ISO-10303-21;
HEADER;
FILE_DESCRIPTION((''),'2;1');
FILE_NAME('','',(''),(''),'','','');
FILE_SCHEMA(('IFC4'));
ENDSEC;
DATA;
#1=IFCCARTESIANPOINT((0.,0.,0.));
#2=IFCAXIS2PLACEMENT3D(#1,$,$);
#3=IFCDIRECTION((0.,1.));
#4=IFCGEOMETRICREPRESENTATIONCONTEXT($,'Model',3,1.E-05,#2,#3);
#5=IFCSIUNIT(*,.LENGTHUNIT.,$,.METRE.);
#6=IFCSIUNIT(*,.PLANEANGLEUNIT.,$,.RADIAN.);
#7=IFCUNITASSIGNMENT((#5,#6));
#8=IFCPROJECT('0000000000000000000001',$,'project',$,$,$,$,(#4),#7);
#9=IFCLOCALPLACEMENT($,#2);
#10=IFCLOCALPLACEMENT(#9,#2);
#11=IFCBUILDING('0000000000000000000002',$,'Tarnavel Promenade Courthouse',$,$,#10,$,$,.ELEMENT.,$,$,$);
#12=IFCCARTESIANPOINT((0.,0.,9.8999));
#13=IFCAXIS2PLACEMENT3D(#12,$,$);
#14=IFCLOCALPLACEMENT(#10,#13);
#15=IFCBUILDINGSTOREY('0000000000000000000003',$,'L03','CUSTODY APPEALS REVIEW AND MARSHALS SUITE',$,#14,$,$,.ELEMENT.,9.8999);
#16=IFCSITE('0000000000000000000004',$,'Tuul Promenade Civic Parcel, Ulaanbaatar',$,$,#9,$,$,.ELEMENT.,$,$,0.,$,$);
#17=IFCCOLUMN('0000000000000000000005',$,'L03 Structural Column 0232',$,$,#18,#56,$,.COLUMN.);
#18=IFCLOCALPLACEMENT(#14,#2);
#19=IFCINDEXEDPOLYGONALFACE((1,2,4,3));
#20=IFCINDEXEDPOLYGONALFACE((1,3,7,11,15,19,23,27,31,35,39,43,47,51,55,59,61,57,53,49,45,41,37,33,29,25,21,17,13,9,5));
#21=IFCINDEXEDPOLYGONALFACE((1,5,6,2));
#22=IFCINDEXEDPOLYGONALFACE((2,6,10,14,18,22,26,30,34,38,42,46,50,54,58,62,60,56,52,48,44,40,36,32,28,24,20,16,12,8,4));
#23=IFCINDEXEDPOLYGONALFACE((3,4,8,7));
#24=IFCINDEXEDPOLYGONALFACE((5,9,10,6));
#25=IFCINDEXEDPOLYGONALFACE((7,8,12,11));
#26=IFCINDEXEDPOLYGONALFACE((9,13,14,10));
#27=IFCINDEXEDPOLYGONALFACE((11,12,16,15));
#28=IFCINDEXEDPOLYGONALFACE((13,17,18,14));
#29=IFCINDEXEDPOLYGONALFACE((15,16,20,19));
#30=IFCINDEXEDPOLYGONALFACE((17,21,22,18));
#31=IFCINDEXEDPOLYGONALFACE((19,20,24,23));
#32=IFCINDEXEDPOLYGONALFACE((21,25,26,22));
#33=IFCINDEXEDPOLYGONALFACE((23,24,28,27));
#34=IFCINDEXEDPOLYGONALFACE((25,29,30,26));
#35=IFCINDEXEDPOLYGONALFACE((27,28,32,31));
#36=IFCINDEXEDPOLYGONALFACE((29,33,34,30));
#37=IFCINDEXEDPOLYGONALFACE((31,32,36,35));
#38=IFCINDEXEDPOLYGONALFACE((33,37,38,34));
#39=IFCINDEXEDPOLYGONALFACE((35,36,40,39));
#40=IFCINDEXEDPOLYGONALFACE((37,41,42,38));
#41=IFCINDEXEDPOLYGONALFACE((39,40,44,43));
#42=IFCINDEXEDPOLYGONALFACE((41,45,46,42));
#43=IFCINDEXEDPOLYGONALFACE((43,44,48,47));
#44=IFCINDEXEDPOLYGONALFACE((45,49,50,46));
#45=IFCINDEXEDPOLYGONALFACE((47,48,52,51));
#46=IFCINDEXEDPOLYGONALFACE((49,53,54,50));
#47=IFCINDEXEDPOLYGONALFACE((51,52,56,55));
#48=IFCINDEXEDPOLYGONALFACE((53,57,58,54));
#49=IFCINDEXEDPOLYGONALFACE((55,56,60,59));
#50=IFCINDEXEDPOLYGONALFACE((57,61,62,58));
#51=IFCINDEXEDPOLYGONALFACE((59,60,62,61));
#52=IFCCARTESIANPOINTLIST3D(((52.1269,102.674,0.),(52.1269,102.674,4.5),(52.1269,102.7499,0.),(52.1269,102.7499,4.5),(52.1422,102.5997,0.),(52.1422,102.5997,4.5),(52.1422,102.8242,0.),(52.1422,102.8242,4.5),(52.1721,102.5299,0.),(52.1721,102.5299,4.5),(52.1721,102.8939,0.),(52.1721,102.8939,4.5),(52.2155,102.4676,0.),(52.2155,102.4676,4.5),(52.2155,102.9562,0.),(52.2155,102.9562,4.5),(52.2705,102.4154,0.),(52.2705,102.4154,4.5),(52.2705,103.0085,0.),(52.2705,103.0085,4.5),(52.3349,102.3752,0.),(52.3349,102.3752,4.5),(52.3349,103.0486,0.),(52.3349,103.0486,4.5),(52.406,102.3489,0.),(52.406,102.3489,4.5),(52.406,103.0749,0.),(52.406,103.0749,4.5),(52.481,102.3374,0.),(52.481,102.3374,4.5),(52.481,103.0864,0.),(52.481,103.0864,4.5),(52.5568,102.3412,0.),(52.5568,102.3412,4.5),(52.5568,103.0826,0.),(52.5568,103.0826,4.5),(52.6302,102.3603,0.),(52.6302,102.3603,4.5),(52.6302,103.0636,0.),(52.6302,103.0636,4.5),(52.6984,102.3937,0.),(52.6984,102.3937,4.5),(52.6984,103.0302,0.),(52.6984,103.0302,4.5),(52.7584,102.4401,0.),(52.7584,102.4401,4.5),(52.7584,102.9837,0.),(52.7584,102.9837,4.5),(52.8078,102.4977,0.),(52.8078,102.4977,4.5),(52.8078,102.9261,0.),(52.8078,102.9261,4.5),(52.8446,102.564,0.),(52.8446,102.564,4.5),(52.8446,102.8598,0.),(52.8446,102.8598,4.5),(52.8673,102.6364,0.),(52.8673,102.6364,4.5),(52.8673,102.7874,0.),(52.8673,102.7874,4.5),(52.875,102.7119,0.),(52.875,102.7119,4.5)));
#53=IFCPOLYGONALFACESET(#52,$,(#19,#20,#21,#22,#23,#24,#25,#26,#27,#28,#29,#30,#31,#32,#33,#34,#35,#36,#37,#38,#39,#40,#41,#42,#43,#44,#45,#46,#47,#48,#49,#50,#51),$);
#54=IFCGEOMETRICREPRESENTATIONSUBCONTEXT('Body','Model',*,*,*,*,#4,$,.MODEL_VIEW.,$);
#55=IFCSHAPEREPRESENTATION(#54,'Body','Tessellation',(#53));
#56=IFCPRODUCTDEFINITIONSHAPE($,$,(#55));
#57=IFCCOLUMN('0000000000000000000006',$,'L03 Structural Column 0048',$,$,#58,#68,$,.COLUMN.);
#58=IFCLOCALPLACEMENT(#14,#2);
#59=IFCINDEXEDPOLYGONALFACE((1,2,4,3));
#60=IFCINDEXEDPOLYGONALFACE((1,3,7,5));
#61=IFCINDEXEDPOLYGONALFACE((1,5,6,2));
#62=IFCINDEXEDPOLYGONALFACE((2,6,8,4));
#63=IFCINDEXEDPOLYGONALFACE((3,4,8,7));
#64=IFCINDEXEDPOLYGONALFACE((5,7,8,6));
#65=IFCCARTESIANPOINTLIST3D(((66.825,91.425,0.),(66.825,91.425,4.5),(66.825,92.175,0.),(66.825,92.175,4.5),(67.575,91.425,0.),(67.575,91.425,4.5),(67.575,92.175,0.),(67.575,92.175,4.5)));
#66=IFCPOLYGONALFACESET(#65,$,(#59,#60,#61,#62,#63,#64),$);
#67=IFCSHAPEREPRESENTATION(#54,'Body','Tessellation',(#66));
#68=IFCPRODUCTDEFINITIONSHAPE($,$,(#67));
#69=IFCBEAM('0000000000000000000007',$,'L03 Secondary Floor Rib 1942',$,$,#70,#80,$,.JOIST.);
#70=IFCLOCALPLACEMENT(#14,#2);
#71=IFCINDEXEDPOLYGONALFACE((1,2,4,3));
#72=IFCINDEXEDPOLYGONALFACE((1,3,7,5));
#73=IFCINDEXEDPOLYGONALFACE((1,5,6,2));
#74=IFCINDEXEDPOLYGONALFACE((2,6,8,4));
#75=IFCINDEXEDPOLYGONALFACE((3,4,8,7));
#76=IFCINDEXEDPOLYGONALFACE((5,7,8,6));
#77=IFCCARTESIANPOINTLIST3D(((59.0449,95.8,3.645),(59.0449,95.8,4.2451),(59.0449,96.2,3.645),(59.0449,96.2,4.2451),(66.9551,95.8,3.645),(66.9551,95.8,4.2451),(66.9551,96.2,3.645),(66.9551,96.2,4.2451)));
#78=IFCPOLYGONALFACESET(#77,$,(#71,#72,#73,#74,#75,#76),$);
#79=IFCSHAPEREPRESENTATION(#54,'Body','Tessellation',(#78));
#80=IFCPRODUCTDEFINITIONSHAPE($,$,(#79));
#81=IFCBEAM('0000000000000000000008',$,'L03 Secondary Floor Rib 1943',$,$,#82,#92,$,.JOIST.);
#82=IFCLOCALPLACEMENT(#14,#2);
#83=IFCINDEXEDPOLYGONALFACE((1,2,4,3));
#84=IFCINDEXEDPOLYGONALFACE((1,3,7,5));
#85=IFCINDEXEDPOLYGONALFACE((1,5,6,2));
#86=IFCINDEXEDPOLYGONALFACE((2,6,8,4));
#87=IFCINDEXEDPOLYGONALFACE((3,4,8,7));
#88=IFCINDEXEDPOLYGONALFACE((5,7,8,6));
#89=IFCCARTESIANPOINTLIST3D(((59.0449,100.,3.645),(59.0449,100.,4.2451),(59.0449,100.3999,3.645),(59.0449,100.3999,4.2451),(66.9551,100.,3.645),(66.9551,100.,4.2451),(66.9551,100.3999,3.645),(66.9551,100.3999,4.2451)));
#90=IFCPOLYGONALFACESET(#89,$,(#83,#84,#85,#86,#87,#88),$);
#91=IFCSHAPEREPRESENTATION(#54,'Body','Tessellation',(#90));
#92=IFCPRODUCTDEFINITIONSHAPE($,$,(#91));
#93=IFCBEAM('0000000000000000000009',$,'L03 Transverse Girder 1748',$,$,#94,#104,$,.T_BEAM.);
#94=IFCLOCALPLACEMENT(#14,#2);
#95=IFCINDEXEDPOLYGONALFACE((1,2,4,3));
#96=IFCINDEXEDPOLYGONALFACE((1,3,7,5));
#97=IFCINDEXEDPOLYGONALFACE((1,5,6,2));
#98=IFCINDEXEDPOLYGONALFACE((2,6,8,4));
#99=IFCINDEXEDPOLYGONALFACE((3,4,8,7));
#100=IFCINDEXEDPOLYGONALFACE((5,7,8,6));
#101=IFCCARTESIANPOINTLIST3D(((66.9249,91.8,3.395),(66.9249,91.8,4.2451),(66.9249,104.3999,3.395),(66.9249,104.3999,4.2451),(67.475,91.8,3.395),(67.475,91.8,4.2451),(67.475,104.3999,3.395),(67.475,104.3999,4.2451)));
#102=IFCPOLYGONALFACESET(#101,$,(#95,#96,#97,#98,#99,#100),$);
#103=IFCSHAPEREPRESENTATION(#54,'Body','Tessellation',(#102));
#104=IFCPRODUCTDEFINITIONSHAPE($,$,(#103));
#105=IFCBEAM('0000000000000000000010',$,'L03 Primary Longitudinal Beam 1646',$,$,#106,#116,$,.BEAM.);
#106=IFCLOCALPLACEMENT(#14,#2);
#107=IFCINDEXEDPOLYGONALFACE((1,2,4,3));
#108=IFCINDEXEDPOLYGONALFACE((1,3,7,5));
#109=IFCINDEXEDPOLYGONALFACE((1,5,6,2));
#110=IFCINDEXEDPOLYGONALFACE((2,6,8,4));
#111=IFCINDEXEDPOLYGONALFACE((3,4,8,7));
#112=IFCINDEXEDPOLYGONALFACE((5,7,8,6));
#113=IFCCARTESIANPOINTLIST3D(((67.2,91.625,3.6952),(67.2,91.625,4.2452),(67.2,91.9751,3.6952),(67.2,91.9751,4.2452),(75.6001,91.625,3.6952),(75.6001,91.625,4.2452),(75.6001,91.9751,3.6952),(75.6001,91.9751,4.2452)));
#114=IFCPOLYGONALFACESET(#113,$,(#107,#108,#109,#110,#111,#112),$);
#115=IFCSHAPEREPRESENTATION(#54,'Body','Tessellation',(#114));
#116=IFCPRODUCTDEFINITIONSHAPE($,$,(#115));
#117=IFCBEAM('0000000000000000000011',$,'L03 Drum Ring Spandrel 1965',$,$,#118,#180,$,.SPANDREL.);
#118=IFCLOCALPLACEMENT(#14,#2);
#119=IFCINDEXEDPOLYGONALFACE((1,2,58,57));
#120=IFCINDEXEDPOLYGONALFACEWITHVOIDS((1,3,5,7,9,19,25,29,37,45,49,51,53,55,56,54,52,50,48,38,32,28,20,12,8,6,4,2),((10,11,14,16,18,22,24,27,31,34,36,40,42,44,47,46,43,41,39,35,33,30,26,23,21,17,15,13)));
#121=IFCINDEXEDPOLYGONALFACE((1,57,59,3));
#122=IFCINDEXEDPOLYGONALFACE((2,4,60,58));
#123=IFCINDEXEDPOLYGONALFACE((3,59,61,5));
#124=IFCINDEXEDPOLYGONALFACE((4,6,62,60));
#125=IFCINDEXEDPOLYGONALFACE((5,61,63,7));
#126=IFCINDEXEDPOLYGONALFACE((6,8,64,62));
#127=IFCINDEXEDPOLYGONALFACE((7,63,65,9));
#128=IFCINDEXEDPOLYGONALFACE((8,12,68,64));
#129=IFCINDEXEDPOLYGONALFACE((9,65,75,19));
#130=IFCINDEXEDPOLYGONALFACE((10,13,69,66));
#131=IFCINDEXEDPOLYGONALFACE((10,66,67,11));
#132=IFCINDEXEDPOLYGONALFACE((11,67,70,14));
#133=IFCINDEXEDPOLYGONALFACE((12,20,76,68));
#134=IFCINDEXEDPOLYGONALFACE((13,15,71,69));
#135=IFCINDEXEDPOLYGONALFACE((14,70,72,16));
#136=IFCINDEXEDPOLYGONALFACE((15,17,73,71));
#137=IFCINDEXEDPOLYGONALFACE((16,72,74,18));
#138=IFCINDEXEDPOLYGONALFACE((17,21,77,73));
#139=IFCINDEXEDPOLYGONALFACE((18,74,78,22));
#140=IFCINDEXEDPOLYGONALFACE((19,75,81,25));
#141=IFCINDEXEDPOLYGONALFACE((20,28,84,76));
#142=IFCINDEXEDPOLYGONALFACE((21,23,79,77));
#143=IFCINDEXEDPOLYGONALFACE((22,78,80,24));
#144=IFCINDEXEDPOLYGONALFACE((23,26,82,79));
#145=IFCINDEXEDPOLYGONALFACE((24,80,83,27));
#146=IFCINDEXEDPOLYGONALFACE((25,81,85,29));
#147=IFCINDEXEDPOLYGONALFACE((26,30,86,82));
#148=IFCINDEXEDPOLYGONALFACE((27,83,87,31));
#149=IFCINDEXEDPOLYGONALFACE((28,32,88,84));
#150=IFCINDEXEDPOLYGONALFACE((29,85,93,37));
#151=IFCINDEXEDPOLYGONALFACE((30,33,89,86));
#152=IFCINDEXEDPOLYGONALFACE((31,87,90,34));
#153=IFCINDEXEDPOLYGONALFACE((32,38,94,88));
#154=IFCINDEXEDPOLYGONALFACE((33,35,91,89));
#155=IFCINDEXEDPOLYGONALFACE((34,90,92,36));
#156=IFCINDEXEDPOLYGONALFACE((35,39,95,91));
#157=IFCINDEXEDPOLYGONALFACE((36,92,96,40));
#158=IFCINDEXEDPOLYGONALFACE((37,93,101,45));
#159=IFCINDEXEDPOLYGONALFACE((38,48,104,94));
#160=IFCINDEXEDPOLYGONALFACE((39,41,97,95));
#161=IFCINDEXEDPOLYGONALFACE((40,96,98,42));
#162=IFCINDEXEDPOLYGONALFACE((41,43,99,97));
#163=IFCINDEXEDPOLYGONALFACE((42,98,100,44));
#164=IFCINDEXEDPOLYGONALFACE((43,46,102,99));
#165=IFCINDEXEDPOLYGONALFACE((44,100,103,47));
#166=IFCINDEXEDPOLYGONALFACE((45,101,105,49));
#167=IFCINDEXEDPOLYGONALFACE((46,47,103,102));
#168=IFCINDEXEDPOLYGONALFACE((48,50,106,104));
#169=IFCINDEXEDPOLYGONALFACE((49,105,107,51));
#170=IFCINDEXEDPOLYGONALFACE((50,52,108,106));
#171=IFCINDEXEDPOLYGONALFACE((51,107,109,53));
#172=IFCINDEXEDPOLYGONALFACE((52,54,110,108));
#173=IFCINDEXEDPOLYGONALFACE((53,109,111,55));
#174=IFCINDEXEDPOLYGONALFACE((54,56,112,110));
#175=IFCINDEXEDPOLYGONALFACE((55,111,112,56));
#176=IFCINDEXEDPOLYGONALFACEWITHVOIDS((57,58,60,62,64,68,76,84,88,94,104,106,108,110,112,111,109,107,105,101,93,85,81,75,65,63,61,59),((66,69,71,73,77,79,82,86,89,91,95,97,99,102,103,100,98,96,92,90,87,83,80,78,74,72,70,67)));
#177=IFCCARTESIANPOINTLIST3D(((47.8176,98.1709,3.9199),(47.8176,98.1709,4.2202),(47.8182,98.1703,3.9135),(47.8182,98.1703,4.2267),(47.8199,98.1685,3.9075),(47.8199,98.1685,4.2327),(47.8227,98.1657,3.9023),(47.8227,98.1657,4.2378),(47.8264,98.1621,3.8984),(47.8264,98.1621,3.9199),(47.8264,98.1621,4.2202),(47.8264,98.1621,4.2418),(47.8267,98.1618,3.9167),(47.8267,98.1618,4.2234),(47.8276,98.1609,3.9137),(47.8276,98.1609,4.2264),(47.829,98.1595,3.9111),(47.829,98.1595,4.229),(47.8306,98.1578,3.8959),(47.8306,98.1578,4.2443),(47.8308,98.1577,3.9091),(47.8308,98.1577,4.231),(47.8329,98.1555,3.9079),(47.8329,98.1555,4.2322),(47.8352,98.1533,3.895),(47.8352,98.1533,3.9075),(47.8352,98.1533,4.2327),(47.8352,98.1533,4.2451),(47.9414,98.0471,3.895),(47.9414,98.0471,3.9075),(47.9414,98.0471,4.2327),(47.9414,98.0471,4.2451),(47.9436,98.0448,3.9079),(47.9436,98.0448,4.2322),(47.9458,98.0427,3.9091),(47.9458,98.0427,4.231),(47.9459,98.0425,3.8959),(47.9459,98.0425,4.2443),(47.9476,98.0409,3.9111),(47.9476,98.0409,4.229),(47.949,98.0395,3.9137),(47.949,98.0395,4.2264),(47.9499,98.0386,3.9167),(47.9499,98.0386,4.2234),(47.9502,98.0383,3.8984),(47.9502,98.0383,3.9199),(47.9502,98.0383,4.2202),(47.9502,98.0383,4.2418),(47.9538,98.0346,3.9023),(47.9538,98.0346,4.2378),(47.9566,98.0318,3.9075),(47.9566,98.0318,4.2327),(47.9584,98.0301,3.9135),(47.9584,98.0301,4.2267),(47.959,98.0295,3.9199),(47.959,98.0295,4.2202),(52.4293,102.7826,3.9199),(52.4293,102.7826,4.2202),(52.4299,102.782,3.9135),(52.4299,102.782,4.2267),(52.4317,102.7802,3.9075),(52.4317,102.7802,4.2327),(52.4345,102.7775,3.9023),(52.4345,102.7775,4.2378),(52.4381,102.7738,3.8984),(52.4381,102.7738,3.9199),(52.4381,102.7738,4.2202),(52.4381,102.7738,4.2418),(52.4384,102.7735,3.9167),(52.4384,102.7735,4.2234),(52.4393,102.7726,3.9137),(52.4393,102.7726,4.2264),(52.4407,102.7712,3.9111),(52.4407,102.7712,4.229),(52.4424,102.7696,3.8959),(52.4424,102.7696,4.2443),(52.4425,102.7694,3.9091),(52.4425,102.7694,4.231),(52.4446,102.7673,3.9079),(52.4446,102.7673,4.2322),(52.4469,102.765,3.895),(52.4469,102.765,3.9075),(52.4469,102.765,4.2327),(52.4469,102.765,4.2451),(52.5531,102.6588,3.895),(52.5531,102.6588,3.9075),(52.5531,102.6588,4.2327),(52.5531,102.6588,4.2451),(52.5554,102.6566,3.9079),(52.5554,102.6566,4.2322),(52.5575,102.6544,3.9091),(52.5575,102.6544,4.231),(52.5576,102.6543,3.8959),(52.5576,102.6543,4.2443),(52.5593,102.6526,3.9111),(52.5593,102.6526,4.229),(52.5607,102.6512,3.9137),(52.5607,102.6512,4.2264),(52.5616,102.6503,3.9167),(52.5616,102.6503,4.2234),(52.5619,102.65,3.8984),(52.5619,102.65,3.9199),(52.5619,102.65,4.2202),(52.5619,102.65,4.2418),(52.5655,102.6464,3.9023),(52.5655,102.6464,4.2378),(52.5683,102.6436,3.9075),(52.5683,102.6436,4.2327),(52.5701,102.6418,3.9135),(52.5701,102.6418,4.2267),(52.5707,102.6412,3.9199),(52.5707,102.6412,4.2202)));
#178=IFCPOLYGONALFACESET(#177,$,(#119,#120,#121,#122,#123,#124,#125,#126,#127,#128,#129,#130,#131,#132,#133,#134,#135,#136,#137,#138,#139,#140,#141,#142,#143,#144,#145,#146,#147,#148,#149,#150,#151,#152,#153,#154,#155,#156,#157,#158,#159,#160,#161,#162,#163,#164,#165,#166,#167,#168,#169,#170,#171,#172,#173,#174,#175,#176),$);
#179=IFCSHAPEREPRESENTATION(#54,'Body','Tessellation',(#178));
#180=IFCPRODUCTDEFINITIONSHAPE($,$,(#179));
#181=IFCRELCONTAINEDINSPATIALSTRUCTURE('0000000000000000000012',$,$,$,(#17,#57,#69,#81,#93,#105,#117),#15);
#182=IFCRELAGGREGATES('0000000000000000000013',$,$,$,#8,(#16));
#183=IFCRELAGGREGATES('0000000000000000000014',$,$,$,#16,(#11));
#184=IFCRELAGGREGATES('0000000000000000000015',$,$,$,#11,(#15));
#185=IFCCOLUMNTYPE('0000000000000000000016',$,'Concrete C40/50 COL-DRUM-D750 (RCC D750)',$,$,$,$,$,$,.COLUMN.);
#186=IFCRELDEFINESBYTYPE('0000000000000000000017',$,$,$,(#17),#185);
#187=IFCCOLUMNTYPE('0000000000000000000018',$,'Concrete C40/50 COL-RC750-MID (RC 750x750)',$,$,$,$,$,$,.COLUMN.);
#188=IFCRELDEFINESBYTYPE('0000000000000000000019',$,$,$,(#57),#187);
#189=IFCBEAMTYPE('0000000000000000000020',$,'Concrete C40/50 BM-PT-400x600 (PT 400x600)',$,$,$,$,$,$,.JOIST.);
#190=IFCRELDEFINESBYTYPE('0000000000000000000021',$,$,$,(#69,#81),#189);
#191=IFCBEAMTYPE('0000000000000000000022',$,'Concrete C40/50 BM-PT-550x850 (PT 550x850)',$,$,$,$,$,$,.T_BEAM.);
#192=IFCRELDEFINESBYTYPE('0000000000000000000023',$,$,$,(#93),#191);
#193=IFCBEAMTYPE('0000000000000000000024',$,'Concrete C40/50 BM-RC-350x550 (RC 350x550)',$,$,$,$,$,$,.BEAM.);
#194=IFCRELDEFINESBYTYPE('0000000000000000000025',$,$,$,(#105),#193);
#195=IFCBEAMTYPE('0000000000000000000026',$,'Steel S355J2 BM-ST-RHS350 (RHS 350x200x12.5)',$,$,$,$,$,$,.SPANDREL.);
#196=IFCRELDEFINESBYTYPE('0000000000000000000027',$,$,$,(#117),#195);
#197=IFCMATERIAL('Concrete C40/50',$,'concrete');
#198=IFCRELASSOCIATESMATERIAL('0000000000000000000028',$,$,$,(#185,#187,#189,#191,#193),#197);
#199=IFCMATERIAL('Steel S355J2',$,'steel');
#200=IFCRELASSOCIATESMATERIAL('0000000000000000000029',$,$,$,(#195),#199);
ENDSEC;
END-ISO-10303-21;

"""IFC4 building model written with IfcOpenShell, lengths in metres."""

from ifc_helpers import new_model, si_unit, direction, frame, origin, origin_2d, place, context, subcontext, project, spatial, rectangle, hollow_rectangle, circle, extrude, material, material_profile, profile_set, type_object, element, save


model = new_model("IFC4")

# Units and contexts
model_context = context("Model", 3, precision=1e-05, world=origin(), true_north=direction((0.0, 1.0)))
body_context = subcontext(model_context, "Body", "Model", "MODEL_VIEW")
ifc_project = project(units=[si_unit("LENGTHUNIT", "METRE"), si_unit("PLANEANGLEUNIT", "RADIAN")], contexts=[model_context])

# Site, building, storey
site_placement = place(None, origin())
site = spatial("IfcSite", under=ifc_project, at=site_placement, Name="Tuul Promenade Civic Parcel, Ulaanbaatar", CompositionType="ELEMENT", RefElevation=0.0)
building_placement = place(site_placement, origin())
building = spatial("IfcBuilding", under=site, at=building_placement, Name="Tarnavel Promenade Courthouse", CompositionType="ELEMENT")
storey_placement = place(building_placement, frame((0.0, 0.0, 9.8999)))
storey = spatial("IfcBuildingStorey", under=building, at=storey_placement, Name="L03", Description="CUSTODY APPEALS REVIEW AND MARSHALS SUITE", CompositionType="ELEMENT", Elevation=9.8999)

# Columns
ifc_material_1 = material(Name="Concrete C40/50", Category="concrete")
ifc_material_profile_1 = material_profile(ifc_material_1, circle(Radius=0.375, at=origin_2d()), Name="RCC D750")
ifc_profile_set_1 = profile_set([ifc_material_profile_1], Name="Concrete C40/50")
column_type_1 = type_object("IfcColumnType", Name="Concrete C40/50 COL-DRUM-D750 (RCC D750)", PredefinedType="COLUMN", material=ifc_profile_set_1)
column_1_placement = place(storey_placement, frame((52.5, 102.7119, 0.0), z_axis=(0.0, 0.0, 1.0), x_axis=(1.0, 0.0, 0.0)))
element("IfcColumn", 1, at=column_1_placement, inside=storey, type_object=column_type_1, Name="L03 Structural Column 0232", PredefinedType="COLUMN", context=body_context, shape_type="SweptSolid", body=[
    extrude(circle(Radius=0.375, at=origin_2d()), origin(), (0.0, 0.0, 1.0), 4.5),
])
ifc_material_profile_2 = material_profile(ifc_material_1, rectangle(XDim=0.75, YDim=0.75, at=origin_2d()), Name="RC 750x750")
ifc_profile_set_2 = profile_set([ifc_material_profile_2], Name="Concrete C40/50")
column_type_2 = type_object("IfcColumnType", Name="Concrete C40/50 COL-RC750-MID (RC 750x750)", PredefinedType="COLUMN", material=ifc_profile_set_2)
column_2_placement = place(storey_placement, frame((67.2, 91.8, 0.0), z_axis=(0.0, 0.0, 1.0), x_axis=(1.0, 0.0, 0.0)))
element("IfcColumn", 2, at=column_2_placement, inside=storey, type_object=column_type_2, Name="L03 Structural Column 0048", PredefinedType="COLUMN", context=body_context, shape_type="SweptSolid", body=[
    extrude(rectangle(XDim=0.75, YDim=0.75, at=origin_2d()), origin(), (0.0, 0.0, 1.0), 4.5),
])

# Beams
ifc_material_profile_3 = material_profile(ifc_material_1, rectangle(XDim=0.3999, YDim=0.6001, at=origin_2d()), Name="PT 400x600")
ifc_profile_set_3 = profile_set([ifc_material_profile_3], Name="Concrete C40/50")
beam_type_1 = type_object("IfcBeamType", Name="Concrete C40/50 BM-PT-400x600 (PT 400x600)", PredefinedType="JOIST", material=ifc_profile_set_3)
for number, where, z_axis, x_axis, name in (
    (3, (59.0449, 96.0, 3.9451), (1.0, 0.0, 0.0), (0.0, 1.0, 0.0), "L03 Secondary Floor Rib 1942"),
    (4, (59.0449, 100.2, 3.9451), (1.0, 0.0, 0.0), (0.0, 1.0, 0.0), "L03 Secondary Floor Rib 1943"),
):
    element("IfcBeam", number, at=place(storey_placement, frame(where, z_axis=z_axis, x_axis=x_axis)), inside=storey, type_object=beam_type_1, Name=name, PredefinedType="JOIST", context=body_context, shape_type="SweptSolid", body=[
        extrude(rectangle(XDim=0.3999, YDim=0.6001, at=origin_2d()), origin(), (0.0, 0.0, 1.0), 7.9102),
    ])
ifc_material_profile_4 = material_profile(ifc_material_1, rectangle(XDim=0.55, YDim=0.8501, at=origin_2d()), Name="PT 550x850")
ifc_profile_set_4 = profile_set([ifc_material_profile_4], Name="Concrete C40/50")
beam_type_2 = type_object("IfcBeamType", Name="Concrete C40/50 BM-PT-550x850 (PT 550x850)", PredefinedType="T_BEAM", material=ifc_profile_set_4)
beam_1_placement = place(storey_placement, frame((67.2, 91.8, 3.8201), z_axis=(0.0, 1.0, 0.0), x_axis=(-1.0, 0.0, 0.0)))
element("IfcBeam", 5, at=beam_1_placement, inside=storey, type_object=beam_type_2, Name="L03 Transverse Girder 1748", PredefinedType="T_BEAM", context=body_context, shape_type="SweptSolid", body=[
    extrude(rectangle(XDim=0.55, YDim=0.8501, at=origin_2d()), origin(), (0.0, 0.0, 1.0), 12.5999),
])
ifc_material_profile_5 = material_profile(ifc_material_1, rectangle(XDim=0.3501, YDim=0.55, at=origin_2d()), Name="RC 350x550")
ifc_profile_set_5 = profile_set([ifc_material_profile_5], Name="Concrete C40/50")
beam_type_3 = type_object("IfcBeamType", Name="Concrete C40/50 BM-RC-350x550 (RC 350x550)", PredefinedType="BEAM", material=ifc_profile_set_5)
beam_2_placement = place(storey_placement, frame((67.2, 91.8, 3.9702), z_axis=(1.0, 0.0, 0.0), x_axis=(0.0, 1.0, 0.0)))
element("IfcBeam", 6, at=beam_2_placement, inside=storey, type_object=beam_type_3, Name="L03 Primary Longitudinal Beam 1646", PredefinedType="BEAM", context=body_context, shape_type="SweptSolid", body=[
    extrude(rectangle(XDim=0.3501, YDim=0.55, at=origin_2d()), origin(), (0.0, 0.0, 1.0), 8.4001),
])
ifc_material_2 = material(Name="Steel S355J2", Category="steel")
ifc_material_profile_6 = material_profile(ifc_material_2, hollow_rectangle(XDim=0.2, YDim=0.3501, WallThickness=0.0125, InnerFilletRadius=0.0125, OuterFilletRadius=0.0249, at=origin_2d()), Name="RHS 350x200x12.5")
ifc_profile_set_6 = profile_set([ifc_material_profile_6], Name="Steel S355J2")
beam_type_4 = type_object("IfcBeamType", Name="Steel S355J2 BM-ST-RHS350 (RHS 350x200x12.5)", PredefinedType="SPANDREL", material=ifc_profile_set_6)
beam_3_placement = place(storey_placement, frame((52.5, 102.7119, 4.0701), z_axis=(-0.707107, -0.707107, 0.0), x_axis=(0.707107, -0.707107, 0.0)))
element("IfcBeam", 7, at=beam_3_placement, inside=storey, type_object=beam_type_4, Name="L03 Drum Ring Spandrel 1965", PredefinedType="SPANDREL", context=body_context, shape_type="SweptSolid", body=[
    extrude(hollow_rectangle(XDim=0.2, YDim=0.3501, WallThickness=0.0125, InnerFilletRadius=0.0125, OuterFilletRadius=0.0249, at=origin_2d()), origin(), (0.0, 0.0, 1.0), 6.522),
])

save(model, "model.ifc")
